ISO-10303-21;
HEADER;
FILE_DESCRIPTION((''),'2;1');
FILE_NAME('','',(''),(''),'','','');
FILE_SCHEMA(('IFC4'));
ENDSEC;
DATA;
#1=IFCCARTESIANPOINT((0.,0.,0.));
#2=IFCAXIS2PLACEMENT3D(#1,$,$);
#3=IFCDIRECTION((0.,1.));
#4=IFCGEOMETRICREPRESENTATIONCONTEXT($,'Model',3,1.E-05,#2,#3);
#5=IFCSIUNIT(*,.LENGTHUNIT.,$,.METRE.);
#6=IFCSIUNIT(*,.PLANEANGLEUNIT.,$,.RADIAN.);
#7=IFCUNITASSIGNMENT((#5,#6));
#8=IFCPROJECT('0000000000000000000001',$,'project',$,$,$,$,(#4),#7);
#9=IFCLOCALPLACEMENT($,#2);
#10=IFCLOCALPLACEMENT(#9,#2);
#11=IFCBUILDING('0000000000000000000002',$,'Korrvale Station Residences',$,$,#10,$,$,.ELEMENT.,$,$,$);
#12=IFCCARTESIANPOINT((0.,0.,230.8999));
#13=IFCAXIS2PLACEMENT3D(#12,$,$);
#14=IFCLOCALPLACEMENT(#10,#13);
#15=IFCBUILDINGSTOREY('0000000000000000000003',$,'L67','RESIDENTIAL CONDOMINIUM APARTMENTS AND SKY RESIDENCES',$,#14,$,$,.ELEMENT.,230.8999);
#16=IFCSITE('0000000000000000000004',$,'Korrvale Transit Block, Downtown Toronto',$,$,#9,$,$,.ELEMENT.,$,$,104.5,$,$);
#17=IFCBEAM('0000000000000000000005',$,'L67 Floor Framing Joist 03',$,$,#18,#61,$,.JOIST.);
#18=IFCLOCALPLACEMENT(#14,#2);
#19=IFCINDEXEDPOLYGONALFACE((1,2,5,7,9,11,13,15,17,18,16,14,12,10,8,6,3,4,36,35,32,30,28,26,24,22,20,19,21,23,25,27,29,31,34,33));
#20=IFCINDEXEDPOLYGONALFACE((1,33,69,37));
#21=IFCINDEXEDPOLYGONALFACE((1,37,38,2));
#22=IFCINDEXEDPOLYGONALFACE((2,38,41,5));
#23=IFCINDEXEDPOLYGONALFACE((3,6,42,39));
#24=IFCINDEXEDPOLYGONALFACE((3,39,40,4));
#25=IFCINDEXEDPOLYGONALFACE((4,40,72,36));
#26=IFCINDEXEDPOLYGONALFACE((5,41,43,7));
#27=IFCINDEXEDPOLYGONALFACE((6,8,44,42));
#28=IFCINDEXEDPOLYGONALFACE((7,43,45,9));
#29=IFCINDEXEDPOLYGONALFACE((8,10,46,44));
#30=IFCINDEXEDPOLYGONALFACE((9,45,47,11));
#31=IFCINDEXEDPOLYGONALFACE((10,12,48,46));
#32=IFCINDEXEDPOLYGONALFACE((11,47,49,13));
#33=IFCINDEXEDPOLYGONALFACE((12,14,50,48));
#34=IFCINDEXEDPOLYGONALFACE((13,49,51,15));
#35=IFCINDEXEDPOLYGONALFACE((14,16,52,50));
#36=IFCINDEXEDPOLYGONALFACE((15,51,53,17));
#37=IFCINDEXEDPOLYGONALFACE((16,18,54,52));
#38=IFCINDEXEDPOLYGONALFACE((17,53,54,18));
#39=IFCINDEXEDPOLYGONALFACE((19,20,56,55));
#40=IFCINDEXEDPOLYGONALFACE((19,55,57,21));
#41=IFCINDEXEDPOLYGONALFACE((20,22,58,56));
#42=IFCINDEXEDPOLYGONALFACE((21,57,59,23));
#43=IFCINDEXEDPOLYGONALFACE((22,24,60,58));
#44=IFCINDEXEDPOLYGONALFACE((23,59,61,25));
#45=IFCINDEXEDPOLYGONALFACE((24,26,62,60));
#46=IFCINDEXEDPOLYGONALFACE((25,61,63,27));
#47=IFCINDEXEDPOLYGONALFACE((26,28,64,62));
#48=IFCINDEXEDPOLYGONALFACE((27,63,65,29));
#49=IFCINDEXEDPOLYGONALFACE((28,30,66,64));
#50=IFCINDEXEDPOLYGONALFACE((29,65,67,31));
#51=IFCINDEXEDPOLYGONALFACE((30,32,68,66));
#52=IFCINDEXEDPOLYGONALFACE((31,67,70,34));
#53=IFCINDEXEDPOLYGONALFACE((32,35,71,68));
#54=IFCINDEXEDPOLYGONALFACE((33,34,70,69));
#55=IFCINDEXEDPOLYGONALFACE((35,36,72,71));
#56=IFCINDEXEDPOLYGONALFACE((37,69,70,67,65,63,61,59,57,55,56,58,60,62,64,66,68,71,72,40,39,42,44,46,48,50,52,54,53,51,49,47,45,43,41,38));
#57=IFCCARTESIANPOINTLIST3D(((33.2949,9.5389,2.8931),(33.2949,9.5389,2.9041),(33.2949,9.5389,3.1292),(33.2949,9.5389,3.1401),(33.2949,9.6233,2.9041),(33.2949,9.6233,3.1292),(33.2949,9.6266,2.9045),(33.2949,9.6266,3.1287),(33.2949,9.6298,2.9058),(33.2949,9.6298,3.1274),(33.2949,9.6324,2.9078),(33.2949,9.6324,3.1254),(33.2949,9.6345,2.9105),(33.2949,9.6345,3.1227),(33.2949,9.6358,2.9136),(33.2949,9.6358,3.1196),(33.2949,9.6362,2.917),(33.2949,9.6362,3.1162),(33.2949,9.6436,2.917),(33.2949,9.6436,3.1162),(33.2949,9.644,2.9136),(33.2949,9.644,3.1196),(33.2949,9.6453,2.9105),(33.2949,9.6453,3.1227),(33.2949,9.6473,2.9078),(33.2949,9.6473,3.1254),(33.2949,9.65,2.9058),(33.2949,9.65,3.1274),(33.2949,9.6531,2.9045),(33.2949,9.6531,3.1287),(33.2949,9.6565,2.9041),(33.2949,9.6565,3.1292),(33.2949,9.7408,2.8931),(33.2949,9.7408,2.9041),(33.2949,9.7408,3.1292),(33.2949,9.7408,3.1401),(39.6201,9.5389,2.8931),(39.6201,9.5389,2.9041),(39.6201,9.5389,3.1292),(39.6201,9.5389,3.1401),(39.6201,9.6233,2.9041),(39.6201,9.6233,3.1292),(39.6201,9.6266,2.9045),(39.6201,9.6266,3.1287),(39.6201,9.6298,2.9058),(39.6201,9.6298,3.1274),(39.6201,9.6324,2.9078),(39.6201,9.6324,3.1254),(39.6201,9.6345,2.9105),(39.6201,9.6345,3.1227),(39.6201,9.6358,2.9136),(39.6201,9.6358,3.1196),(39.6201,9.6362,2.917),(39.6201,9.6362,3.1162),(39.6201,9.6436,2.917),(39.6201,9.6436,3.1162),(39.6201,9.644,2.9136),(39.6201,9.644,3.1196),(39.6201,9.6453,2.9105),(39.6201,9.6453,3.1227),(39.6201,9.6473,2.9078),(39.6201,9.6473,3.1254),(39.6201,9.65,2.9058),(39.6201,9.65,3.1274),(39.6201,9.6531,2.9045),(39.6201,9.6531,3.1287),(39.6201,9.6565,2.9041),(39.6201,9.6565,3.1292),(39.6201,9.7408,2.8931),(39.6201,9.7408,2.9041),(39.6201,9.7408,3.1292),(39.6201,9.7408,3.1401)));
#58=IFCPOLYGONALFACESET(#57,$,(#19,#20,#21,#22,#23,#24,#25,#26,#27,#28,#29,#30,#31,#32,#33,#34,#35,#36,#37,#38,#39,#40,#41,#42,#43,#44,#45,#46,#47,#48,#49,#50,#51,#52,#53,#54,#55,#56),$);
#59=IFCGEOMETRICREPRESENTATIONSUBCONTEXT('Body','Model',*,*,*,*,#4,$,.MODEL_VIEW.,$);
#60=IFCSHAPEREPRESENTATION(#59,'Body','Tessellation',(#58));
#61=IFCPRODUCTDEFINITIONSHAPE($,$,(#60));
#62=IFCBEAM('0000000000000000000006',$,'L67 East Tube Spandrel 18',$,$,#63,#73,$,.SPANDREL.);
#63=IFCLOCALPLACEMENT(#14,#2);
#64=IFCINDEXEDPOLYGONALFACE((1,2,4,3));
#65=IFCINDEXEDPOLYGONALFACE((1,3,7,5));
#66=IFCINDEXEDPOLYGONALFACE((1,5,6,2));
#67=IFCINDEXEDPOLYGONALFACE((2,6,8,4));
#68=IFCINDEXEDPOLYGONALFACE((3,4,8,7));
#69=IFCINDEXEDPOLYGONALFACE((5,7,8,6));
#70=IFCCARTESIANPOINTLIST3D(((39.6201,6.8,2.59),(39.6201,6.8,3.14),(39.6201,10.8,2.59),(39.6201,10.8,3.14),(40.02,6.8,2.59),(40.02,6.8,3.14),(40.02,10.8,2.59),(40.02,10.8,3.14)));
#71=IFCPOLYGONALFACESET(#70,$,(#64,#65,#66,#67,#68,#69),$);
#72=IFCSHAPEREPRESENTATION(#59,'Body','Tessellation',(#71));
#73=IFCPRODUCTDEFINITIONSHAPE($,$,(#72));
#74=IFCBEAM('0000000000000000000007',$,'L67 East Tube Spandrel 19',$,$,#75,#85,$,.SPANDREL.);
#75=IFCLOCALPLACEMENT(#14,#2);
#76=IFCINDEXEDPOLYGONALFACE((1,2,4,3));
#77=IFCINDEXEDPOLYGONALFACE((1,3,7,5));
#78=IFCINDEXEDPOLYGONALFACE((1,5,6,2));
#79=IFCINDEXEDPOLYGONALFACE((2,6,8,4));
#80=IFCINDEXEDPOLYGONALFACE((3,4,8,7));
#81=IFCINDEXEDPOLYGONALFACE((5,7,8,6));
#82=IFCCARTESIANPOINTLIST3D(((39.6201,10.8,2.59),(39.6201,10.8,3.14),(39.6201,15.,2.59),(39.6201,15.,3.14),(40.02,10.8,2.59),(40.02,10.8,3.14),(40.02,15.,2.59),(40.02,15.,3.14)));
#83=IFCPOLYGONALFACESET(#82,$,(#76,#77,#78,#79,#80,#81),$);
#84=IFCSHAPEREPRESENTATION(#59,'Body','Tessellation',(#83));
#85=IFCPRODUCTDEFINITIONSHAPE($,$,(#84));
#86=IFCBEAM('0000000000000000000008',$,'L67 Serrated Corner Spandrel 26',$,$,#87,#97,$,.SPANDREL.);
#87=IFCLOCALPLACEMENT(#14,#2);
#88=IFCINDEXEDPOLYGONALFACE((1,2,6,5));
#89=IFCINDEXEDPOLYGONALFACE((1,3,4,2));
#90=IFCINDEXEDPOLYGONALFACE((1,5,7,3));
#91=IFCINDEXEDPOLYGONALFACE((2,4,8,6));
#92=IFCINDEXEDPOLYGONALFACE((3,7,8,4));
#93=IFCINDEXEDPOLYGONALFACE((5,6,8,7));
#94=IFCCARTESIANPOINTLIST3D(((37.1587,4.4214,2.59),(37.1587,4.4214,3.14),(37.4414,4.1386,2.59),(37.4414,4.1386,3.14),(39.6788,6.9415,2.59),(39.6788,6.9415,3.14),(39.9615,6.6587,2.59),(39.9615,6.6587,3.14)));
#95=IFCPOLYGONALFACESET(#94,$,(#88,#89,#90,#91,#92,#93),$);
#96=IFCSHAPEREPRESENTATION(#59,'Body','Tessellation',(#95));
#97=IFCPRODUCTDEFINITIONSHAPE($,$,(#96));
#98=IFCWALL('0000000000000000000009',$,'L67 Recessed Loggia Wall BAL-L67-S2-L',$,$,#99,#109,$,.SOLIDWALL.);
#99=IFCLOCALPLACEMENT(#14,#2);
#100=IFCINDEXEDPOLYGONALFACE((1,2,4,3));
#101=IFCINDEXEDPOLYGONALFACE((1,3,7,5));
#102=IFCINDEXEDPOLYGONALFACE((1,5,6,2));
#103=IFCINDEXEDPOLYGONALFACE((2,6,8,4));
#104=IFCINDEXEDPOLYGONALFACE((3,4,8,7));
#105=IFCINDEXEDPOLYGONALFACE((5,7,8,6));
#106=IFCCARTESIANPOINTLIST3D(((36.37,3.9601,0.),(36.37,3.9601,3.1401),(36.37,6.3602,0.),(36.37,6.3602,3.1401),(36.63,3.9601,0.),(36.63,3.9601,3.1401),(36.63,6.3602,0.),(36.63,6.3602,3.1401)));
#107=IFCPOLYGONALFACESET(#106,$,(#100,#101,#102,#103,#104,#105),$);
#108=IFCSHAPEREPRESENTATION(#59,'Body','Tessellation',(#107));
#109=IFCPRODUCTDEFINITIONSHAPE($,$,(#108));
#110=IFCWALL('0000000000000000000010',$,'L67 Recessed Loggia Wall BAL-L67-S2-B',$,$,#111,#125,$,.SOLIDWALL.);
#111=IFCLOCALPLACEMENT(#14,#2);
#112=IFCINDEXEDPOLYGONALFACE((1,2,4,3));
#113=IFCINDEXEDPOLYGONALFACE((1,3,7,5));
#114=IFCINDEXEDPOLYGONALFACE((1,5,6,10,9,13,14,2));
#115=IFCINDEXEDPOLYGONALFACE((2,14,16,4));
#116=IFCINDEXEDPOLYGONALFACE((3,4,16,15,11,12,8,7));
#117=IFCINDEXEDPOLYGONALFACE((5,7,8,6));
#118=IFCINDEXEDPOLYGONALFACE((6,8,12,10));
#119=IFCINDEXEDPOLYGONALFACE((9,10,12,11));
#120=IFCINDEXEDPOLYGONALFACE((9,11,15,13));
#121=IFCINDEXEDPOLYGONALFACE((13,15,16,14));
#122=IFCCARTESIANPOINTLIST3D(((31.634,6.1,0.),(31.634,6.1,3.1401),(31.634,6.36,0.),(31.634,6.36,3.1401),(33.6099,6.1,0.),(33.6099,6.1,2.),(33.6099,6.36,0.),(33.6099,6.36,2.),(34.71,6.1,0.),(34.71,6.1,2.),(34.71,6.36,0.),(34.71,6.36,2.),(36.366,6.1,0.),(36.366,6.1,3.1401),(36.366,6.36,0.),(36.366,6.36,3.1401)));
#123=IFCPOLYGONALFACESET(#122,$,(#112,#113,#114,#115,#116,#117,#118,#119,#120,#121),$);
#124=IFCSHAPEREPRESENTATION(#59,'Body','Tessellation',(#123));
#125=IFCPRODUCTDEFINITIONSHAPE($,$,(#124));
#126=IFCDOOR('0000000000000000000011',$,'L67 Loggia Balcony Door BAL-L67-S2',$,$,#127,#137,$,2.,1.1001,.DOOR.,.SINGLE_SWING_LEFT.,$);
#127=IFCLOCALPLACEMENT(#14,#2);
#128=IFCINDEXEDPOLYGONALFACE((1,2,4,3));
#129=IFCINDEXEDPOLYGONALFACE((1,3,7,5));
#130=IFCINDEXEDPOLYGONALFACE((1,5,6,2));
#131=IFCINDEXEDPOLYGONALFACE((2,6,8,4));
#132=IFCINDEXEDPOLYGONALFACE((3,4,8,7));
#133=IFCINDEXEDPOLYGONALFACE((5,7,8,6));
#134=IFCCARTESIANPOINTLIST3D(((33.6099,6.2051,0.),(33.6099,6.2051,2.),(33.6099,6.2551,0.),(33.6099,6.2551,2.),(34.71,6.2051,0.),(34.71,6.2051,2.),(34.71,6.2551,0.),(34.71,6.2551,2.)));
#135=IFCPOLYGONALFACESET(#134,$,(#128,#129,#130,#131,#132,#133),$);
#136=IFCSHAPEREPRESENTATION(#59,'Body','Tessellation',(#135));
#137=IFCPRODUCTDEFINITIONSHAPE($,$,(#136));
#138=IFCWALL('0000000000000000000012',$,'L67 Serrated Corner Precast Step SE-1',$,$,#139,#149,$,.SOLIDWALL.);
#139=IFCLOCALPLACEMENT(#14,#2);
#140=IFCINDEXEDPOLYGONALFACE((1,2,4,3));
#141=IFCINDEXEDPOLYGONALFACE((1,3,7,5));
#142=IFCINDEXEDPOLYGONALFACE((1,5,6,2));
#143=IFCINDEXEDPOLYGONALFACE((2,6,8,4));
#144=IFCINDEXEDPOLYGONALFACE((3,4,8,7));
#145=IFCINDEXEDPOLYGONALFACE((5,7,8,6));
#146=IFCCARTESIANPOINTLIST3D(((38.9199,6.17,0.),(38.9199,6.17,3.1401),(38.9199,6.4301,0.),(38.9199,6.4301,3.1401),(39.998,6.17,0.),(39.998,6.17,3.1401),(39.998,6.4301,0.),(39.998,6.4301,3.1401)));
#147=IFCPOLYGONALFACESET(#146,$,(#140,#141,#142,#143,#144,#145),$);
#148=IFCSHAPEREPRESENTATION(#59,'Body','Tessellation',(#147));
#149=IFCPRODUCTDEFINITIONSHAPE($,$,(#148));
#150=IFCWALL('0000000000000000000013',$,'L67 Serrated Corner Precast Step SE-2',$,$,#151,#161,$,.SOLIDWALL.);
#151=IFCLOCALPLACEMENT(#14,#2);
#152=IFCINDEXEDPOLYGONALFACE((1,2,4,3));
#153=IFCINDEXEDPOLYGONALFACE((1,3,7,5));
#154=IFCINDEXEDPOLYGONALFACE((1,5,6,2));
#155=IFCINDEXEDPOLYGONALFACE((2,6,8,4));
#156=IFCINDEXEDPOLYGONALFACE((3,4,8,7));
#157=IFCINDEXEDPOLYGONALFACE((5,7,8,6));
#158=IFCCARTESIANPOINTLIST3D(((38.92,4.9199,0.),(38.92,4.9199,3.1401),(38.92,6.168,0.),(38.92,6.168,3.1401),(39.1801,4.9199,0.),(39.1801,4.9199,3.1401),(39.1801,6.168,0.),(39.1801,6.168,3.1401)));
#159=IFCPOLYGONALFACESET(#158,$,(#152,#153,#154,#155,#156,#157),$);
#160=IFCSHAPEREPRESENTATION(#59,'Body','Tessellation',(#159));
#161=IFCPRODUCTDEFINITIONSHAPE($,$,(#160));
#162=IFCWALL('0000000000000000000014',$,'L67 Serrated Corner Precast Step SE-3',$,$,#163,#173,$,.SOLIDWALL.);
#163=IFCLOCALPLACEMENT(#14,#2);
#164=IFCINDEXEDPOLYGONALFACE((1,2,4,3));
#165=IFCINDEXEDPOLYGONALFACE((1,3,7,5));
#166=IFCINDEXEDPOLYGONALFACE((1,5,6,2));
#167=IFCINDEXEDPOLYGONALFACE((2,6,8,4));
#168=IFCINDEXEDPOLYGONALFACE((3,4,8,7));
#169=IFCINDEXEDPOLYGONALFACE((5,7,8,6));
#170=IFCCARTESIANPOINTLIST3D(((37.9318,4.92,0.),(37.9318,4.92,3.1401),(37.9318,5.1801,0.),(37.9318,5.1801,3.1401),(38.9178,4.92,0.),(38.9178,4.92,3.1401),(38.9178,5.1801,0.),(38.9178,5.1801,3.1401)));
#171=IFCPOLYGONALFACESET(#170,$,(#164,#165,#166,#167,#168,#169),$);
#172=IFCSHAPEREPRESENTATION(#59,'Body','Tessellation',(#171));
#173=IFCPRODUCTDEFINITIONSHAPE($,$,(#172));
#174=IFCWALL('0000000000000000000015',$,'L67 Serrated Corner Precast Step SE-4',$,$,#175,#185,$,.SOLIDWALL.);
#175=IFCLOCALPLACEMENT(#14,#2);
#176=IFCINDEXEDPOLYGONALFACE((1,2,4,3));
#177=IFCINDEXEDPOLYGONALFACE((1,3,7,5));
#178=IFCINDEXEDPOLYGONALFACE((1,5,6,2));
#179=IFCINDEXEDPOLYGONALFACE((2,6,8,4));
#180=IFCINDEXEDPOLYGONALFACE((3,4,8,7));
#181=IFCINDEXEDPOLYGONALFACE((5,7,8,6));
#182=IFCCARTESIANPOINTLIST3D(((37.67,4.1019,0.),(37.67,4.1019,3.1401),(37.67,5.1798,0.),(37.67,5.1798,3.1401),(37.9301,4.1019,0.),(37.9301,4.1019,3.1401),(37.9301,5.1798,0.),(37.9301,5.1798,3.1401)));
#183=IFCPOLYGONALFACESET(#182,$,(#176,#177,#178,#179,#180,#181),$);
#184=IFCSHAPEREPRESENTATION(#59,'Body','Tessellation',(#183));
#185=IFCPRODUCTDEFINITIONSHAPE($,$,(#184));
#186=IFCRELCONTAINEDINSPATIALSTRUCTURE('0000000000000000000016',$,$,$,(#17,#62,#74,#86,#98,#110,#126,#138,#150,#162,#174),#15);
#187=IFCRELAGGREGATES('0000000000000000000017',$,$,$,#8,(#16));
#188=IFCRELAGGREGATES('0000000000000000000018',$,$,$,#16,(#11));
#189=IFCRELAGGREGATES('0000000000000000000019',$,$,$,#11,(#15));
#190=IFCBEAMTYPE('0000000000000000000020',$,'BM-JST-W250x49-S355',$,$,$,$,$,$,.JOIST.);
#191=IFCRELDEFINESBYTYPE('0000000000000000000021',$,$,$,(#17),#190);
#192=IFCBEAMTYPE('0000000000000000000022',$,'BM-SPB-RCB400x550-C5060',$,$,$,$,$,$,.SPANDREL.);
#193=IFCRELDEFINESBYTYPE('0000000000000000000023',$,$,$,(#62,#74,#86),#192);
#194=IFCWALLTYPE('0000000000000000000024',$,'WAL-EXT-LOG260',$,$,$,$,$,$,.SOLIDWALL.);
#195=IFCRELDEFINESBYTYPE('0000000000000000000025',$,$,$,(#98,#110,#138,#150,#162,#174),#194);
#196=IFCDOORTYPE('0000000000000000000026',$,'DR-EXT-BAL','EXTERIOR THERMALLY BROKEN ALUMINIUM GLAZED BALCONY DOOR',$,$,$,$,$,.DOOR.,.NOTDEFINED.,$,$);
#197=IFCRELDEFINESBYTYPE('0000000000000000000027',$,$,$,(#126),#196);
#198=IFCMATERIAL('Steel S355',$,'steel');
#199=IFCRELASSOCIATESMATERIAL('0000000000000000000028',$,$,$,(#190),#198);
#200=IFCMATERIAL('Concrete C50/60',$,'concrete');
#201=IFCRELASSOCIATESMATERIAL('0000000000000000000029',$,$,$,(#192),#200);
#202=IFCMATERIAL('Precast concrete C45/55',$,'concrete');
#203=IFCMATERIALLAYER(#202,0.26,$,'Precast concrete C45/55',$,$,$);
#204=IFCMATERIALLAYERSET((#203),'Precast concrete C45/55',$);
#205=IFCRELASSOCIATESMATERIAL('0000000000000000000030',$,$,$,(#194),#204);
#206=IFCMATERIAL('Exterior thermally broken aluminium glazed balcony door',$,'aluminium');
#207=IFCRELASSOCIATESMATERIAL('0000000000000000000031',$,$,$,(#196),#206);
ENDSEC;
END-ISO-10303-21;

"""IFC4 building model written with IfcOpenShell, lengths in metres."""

from ifc_helpers import new_model, si_unit, direction, frame, frame_2d, origin, origin_2d, place, context, subcontext, project, spatial, rectangle, i_section, extrude, material, layer, layer_set, material_profile, profile_set, type_object, element, fill, save


model = new_model("IFC4")

# Units and contexts
model_context = context("Model", 3, precision=1e-05, world=origin(), true_north=direction((0.0, 1.0)))
body_context = subcontext(model_context, "Body", "Model", "MODEL_VIEW")
ifc_project = project(units=[si_unit("LENGTHUNIT", "METRE"), si_unit("PLANEANGLEUNIT", "RADIAN")], contexts=[model_context])

# Site, building, storey
site_placement = place(None, origin())
site = spatial("IfcSite", under=ifc_project, at=site_placement, Name="Korrvale Transit Block, Downtown Toronto", CompositionType="ELEMENT", RefElevation=104.5)
building_placement = place(site_placement, origin())
building = spatial("IfcBuilding", under=site, at=building_placement, Name="Korrvale Station Residences", CompositionType="ELEMENT")
storey_placement = place(building_placement, frame((0.0, 0.0, 230.8999)))
storey = spatial("IfcBuildingStorey", under=building, at=storey_placement, Name="L67", Description="RESIDENTIAL CONDOMINIUM APARTMENTS AND SKY RESIDENCES", CompositionType="ELEMENT", Elevation=230.8999)

# Shared definitions
ifc_material_1 = material(Name="Concrete C50/60", Category="concrete")

# Beams
ifc_material_2 = material(Name="Steel S355", Category="steel")
ifc_material_profile_1 = material_profile(ifc_material_2, i_section(OverallWidth=0.2019, OverallDepth=0.2471, WebThickness=0.0073, FlangeThickness=0.011, FilletRadius=0.0129, at=origin_2d()), Name="W250x49")
ifc_profile_set_1 = profile_set([ifc_material_profile_1], Name="Steel S355")
beam_type_1 = type_object("IfcBeamType", Name="BM-JST-W250x49-S355", PredefinedType="JOIST", material=ifc_profile_set_1)
beam_1_placement = place(storey_placement, frame((33.2949, 9.6399, 3.0166), z_axis=(1.0, 0.0, 0.0), x_axis=(0.0, 1.0, 0.0)))
element("IfcBeam", 1, at=beam_1_placement, inside=storey, type_object=beam_type_1, Name="L67 Floor Framing Joist 03", PredefinedType="JOIST", context=body_context, shape_type="SweptSolid", body=[
    extrude(i_section(OverallWidth=0.2019, OverallDepth=0.2471, WebThickness=0.0073, FlangeThickness=0.011, FilletRadius=0.0129, at=origin_2d()), origin(), (0.0, 0.0, 1.0), 6.3252),
])
ifc_material_profile_2 = material_profile(ifc_material_1, rectangle(XDim=0.3999, YDim=0.55, at=origin_2d()), Name="RCB400x550")
ifc_profile_set_2 = profile_set([ifc_material_profile_2], Name="Concrete C50/60")
beam_type_2 = type_object("IfcBeamType", Name="BM-SPB-RCB400x550-C5060", PredefinedType="SPANDREL", material=ifc_profile_set_2)
beam_2_placement = place(storey_placement, frame((39.8201, 6.8, 2.865), z_axis=(0.0, 1.0, 0.0), x_axis=(-1.0, 0.0, 0.0)))
element("IfcBeam", 2, at=beam_2_placement, inside=storey, type_object=beam_type_2, Name="L67 East Tube Spandrel 18", PredefinedType="SPANDREL", context=body_context, shape_type="SweptSolid", body=[
    extrude(rectangle(XDim=0.3999, YDim=0.55, at=origin_2d()), origin(), (0.0, 0.0, 1.0), 4.0),
])
beam_3_placement = place(storey_placement, frame((39.8201, 10.8, 2.865), z_axis=(0.0, 1.0, 0.0), x_axis=(-1.0, 0.0, 0.0)))
element("IfcBeam", 3, at=beam_3_placement, inside=storey, type_object=beam_type_2, Name="L67 East Tube Spandrel 19", PredefinedType="SPANDREL", context=body_context, shape_type="SweptSolid", body=[
    extrude(rectangle(XDim=0.3999, YDim=0.55, at=origin_2d()), origin(), (0.0, 0.0, 1.0), 4.2),
])
beam_4_placement = place(storey_placement, frame((37.3, 4.28, 2.865), z_axis=(0.707107, 0.707107, 0.0), x_axis=(-0.707107, 0.707107, 0.0)))
element("IfcBeam", 4, at=beam_4_placement, inside=storey, type_object=beam_type_2, Name="L67 Serrated Corner Spandrel 26", PredefinedType="SPANDREL", context=body_context, shape_type="SweptSolid", body=[
    extrude(rectangle(XDim=0.3999, YDim=0.55, at=origin_2d()), origin(), (0.0, 0.0, 1.0), 3.564),
])

# Wall
ifc_material_3 = material(Name="Precast concrete C45/55", Category="concrete")
ifc_layer_1 = layer(ifc_material_3, 0.26, Name="Precast concrete C45/55")
ifc_layer_set_1 = layer_set([ifc_layer_1], Name="Precast concrete C45/55")
wall_type_1 = type_object("IfcWallType", Name="WAL-EXT-LOG260", PredefinedType="SOLIDWALL", material=ifc_layer_set_1)
wall_1_placement = place(storey_placement, frame((36.5, 3.96, 0.0), z_axis=(0.0, 0.0, 1.0), x_axis=(0.0, 1.0, 0.0)))
element("IfcWall", 5, at=wall_1_placement, inside=storey, type_object=wall_type_1, Name="L67 Recessed Loggia Wall BAL-L67-S2-L", PredefinedType="SOLIDWALL", context=body_context, shape_type="SweptSolid", body=[
    extrude(rectangle(XDim=2.4001, YDim=0.26, at=frame_2d((1.2002, 0.0))), origin(), (0.0, 0.0, 1.0), 3.1401),
])

# Wall, opening, door
wall_2_placement = place(storey_placement, frame((36.366, 6.23, 0.0), z_axis=(0.0, 0.0, 1.0), x_axis=(-1.0, 0.0, 0.0)))
wall_2 = element("IfcWall", 6, at=wall_2_placement, inside=storey, type_object=wall_type_1, Name="L67 Recessed Loggia Wall BAL-L67-S2-B", PredefinedType="SOLIDWALL", context=body_context, shape_type="SweptSolid", body=[
    extrude(rectangle(XDim=4.7319, YDim=0.26, at=frame_2d((2.366, 0.0))), origin(), (0.0, 0.0, 1.0), 3.1401),
])
opening_1_placement = place(wall_2_placement, frame((1.656, 0.0, 0.0)))
opening_1 = element("IfcOpeningElement", 7, at=opening_1_placement, cuts=wall_2, PredefinedType="OPENING", context=body_context, shape_type="SweptSolid", body=[
    extrude(rectangle(XDim=1.1001, YDim=2.0, at=frame_2d((0.55, 1.0))), frame((0.0, 0.1401, 0.0), z_axis=(0.0, -1.0, 0.0), x_axis=(1.0, 0.0, 0.0)), (0.0, 0.0, 1.0), 0.28),
])
ifc_material_4 = material(Name="Exterior thermally broken aluminium glazed balcony door", Category="aluminium")
door_type_1 = type_object("IfcDoorType", Name="DR-EXT-BAL", Description="EXTERIOR THERMALLY BROKEN ALUMINIUM GLAZED BALCONY DOOR", OperationType="NOTDEFINED", PredefinedType="DOOR", material=ifc_material_4)
door_1_placement = place(opening_1_placement, origin())
door_1 = element("IfcDoor", 8, at=door_1_placement, inside=storey, type_object=door_type_1, Name="L67 Loggia Balcony Door BAL-L67-S2", OperationType="SINGLE_SWING_LEFT", OverallHeight=2.0, OverallWidth=1.1001, PredefinedType="DOOR", context=body_context, shape_type="SweptSolid", body=[
    extrude(rectangle(XDim=1.1001, YDim=2.0, at=frame_2d((0.55, 1.0))), frame((0.0, 0.0249, 0.0), z_axis=(0.0, -1.0, 0.0), x_axis=(1.0, 0.0, 0.0)), (0.0, 0.0, 1.0), 0.05),
])
fill(opening_1, door_1)

# Walls
wall_3_placement = place(storey_placement, frame((39.998, 6.3, 0.0), z_axis=(0.0, 0.0, 1.0), x_axis=(-1.0, 0.0, 0.0)))
element("IfcWall", 9, at=wall_3_placement, inside=storey, type_object=wall_type_1, Name="L67 Serrated Corner Precast Step SE-1", PredefinedType="SOLIDWALL", context=body_context, shape_type="SweptSolid", body=[
    extrude(rectangle(XDim=1.0781, YDim=0.26, at=frame_2d((0.5391, 0.0))), origin(), (0.0, 0.0, 1.0), 3.1401),
])
wall_4_placement = place(storey_placement, frame((39.05, 6.168, 0.0), z_axis=(0.0, 0.0, 1.0), x_axis=(0.0, -1.0, 0.0)))
element("IfcWall", 10, at=wall_4_placement, inside=storey, type_object=wall_type_1, Name="L67 Serrated Corner Precast Step SE-2", PredefinedType="SOLIDWALL", context=body_context, shape_type="SweptSolid", body=[
    extrude(rectangle(XDim=1.248, YDim=0.26, at=frame_2d((0.624, 0.0))), origin(), (0.0, 0.0, 1.0), 3.1401),
])
wall_5_placement = place(storey_placement, frame((38.918, 5.05, 0.0), z_axis=(0.0, 0.0, 1.0), x_axis=(-1.0, 0.0, 0.0)))
element("IfcWall", 11, at=wall_5_placement, inside=storey, type_object=wall_type_1, Name="L67 Serrated Corner Precast Step SE-3", PredefinedType="SOLIDWALL", context=body_context, shape_type="SweptSolid", body=[
    extrude(rectangle(XDim=0.9861, YDim=0.26, at=frame_2d((0.4932, 0.0))), origin(), (0.0, 0.0, 1.0), 3.1401),
])
wall_6_placement = place(storey_placement, frame((37.8, 5.1799, 0.0), z_axis=(0.0, 0.0, 1.0), x_axis=(0.0, -1.0, 0.0)))
element("IfcWall", 12, at=wall_6_placement, inside=storey, type_object=wall_type_1, Name="L67 Serrated Corner Precast Step SE-4", PredefinedType="SOLIDWALL", context=body_context, shape_type="SweptSolid", body=[
    extrude(rectangle(XDim=1.0779, YDim=0.26, at=frame_2d((0.5391, 0.0))), origin(), (0.0, 0.0, 1.0), 3.1401),
])

save(model, "model.ifc")
